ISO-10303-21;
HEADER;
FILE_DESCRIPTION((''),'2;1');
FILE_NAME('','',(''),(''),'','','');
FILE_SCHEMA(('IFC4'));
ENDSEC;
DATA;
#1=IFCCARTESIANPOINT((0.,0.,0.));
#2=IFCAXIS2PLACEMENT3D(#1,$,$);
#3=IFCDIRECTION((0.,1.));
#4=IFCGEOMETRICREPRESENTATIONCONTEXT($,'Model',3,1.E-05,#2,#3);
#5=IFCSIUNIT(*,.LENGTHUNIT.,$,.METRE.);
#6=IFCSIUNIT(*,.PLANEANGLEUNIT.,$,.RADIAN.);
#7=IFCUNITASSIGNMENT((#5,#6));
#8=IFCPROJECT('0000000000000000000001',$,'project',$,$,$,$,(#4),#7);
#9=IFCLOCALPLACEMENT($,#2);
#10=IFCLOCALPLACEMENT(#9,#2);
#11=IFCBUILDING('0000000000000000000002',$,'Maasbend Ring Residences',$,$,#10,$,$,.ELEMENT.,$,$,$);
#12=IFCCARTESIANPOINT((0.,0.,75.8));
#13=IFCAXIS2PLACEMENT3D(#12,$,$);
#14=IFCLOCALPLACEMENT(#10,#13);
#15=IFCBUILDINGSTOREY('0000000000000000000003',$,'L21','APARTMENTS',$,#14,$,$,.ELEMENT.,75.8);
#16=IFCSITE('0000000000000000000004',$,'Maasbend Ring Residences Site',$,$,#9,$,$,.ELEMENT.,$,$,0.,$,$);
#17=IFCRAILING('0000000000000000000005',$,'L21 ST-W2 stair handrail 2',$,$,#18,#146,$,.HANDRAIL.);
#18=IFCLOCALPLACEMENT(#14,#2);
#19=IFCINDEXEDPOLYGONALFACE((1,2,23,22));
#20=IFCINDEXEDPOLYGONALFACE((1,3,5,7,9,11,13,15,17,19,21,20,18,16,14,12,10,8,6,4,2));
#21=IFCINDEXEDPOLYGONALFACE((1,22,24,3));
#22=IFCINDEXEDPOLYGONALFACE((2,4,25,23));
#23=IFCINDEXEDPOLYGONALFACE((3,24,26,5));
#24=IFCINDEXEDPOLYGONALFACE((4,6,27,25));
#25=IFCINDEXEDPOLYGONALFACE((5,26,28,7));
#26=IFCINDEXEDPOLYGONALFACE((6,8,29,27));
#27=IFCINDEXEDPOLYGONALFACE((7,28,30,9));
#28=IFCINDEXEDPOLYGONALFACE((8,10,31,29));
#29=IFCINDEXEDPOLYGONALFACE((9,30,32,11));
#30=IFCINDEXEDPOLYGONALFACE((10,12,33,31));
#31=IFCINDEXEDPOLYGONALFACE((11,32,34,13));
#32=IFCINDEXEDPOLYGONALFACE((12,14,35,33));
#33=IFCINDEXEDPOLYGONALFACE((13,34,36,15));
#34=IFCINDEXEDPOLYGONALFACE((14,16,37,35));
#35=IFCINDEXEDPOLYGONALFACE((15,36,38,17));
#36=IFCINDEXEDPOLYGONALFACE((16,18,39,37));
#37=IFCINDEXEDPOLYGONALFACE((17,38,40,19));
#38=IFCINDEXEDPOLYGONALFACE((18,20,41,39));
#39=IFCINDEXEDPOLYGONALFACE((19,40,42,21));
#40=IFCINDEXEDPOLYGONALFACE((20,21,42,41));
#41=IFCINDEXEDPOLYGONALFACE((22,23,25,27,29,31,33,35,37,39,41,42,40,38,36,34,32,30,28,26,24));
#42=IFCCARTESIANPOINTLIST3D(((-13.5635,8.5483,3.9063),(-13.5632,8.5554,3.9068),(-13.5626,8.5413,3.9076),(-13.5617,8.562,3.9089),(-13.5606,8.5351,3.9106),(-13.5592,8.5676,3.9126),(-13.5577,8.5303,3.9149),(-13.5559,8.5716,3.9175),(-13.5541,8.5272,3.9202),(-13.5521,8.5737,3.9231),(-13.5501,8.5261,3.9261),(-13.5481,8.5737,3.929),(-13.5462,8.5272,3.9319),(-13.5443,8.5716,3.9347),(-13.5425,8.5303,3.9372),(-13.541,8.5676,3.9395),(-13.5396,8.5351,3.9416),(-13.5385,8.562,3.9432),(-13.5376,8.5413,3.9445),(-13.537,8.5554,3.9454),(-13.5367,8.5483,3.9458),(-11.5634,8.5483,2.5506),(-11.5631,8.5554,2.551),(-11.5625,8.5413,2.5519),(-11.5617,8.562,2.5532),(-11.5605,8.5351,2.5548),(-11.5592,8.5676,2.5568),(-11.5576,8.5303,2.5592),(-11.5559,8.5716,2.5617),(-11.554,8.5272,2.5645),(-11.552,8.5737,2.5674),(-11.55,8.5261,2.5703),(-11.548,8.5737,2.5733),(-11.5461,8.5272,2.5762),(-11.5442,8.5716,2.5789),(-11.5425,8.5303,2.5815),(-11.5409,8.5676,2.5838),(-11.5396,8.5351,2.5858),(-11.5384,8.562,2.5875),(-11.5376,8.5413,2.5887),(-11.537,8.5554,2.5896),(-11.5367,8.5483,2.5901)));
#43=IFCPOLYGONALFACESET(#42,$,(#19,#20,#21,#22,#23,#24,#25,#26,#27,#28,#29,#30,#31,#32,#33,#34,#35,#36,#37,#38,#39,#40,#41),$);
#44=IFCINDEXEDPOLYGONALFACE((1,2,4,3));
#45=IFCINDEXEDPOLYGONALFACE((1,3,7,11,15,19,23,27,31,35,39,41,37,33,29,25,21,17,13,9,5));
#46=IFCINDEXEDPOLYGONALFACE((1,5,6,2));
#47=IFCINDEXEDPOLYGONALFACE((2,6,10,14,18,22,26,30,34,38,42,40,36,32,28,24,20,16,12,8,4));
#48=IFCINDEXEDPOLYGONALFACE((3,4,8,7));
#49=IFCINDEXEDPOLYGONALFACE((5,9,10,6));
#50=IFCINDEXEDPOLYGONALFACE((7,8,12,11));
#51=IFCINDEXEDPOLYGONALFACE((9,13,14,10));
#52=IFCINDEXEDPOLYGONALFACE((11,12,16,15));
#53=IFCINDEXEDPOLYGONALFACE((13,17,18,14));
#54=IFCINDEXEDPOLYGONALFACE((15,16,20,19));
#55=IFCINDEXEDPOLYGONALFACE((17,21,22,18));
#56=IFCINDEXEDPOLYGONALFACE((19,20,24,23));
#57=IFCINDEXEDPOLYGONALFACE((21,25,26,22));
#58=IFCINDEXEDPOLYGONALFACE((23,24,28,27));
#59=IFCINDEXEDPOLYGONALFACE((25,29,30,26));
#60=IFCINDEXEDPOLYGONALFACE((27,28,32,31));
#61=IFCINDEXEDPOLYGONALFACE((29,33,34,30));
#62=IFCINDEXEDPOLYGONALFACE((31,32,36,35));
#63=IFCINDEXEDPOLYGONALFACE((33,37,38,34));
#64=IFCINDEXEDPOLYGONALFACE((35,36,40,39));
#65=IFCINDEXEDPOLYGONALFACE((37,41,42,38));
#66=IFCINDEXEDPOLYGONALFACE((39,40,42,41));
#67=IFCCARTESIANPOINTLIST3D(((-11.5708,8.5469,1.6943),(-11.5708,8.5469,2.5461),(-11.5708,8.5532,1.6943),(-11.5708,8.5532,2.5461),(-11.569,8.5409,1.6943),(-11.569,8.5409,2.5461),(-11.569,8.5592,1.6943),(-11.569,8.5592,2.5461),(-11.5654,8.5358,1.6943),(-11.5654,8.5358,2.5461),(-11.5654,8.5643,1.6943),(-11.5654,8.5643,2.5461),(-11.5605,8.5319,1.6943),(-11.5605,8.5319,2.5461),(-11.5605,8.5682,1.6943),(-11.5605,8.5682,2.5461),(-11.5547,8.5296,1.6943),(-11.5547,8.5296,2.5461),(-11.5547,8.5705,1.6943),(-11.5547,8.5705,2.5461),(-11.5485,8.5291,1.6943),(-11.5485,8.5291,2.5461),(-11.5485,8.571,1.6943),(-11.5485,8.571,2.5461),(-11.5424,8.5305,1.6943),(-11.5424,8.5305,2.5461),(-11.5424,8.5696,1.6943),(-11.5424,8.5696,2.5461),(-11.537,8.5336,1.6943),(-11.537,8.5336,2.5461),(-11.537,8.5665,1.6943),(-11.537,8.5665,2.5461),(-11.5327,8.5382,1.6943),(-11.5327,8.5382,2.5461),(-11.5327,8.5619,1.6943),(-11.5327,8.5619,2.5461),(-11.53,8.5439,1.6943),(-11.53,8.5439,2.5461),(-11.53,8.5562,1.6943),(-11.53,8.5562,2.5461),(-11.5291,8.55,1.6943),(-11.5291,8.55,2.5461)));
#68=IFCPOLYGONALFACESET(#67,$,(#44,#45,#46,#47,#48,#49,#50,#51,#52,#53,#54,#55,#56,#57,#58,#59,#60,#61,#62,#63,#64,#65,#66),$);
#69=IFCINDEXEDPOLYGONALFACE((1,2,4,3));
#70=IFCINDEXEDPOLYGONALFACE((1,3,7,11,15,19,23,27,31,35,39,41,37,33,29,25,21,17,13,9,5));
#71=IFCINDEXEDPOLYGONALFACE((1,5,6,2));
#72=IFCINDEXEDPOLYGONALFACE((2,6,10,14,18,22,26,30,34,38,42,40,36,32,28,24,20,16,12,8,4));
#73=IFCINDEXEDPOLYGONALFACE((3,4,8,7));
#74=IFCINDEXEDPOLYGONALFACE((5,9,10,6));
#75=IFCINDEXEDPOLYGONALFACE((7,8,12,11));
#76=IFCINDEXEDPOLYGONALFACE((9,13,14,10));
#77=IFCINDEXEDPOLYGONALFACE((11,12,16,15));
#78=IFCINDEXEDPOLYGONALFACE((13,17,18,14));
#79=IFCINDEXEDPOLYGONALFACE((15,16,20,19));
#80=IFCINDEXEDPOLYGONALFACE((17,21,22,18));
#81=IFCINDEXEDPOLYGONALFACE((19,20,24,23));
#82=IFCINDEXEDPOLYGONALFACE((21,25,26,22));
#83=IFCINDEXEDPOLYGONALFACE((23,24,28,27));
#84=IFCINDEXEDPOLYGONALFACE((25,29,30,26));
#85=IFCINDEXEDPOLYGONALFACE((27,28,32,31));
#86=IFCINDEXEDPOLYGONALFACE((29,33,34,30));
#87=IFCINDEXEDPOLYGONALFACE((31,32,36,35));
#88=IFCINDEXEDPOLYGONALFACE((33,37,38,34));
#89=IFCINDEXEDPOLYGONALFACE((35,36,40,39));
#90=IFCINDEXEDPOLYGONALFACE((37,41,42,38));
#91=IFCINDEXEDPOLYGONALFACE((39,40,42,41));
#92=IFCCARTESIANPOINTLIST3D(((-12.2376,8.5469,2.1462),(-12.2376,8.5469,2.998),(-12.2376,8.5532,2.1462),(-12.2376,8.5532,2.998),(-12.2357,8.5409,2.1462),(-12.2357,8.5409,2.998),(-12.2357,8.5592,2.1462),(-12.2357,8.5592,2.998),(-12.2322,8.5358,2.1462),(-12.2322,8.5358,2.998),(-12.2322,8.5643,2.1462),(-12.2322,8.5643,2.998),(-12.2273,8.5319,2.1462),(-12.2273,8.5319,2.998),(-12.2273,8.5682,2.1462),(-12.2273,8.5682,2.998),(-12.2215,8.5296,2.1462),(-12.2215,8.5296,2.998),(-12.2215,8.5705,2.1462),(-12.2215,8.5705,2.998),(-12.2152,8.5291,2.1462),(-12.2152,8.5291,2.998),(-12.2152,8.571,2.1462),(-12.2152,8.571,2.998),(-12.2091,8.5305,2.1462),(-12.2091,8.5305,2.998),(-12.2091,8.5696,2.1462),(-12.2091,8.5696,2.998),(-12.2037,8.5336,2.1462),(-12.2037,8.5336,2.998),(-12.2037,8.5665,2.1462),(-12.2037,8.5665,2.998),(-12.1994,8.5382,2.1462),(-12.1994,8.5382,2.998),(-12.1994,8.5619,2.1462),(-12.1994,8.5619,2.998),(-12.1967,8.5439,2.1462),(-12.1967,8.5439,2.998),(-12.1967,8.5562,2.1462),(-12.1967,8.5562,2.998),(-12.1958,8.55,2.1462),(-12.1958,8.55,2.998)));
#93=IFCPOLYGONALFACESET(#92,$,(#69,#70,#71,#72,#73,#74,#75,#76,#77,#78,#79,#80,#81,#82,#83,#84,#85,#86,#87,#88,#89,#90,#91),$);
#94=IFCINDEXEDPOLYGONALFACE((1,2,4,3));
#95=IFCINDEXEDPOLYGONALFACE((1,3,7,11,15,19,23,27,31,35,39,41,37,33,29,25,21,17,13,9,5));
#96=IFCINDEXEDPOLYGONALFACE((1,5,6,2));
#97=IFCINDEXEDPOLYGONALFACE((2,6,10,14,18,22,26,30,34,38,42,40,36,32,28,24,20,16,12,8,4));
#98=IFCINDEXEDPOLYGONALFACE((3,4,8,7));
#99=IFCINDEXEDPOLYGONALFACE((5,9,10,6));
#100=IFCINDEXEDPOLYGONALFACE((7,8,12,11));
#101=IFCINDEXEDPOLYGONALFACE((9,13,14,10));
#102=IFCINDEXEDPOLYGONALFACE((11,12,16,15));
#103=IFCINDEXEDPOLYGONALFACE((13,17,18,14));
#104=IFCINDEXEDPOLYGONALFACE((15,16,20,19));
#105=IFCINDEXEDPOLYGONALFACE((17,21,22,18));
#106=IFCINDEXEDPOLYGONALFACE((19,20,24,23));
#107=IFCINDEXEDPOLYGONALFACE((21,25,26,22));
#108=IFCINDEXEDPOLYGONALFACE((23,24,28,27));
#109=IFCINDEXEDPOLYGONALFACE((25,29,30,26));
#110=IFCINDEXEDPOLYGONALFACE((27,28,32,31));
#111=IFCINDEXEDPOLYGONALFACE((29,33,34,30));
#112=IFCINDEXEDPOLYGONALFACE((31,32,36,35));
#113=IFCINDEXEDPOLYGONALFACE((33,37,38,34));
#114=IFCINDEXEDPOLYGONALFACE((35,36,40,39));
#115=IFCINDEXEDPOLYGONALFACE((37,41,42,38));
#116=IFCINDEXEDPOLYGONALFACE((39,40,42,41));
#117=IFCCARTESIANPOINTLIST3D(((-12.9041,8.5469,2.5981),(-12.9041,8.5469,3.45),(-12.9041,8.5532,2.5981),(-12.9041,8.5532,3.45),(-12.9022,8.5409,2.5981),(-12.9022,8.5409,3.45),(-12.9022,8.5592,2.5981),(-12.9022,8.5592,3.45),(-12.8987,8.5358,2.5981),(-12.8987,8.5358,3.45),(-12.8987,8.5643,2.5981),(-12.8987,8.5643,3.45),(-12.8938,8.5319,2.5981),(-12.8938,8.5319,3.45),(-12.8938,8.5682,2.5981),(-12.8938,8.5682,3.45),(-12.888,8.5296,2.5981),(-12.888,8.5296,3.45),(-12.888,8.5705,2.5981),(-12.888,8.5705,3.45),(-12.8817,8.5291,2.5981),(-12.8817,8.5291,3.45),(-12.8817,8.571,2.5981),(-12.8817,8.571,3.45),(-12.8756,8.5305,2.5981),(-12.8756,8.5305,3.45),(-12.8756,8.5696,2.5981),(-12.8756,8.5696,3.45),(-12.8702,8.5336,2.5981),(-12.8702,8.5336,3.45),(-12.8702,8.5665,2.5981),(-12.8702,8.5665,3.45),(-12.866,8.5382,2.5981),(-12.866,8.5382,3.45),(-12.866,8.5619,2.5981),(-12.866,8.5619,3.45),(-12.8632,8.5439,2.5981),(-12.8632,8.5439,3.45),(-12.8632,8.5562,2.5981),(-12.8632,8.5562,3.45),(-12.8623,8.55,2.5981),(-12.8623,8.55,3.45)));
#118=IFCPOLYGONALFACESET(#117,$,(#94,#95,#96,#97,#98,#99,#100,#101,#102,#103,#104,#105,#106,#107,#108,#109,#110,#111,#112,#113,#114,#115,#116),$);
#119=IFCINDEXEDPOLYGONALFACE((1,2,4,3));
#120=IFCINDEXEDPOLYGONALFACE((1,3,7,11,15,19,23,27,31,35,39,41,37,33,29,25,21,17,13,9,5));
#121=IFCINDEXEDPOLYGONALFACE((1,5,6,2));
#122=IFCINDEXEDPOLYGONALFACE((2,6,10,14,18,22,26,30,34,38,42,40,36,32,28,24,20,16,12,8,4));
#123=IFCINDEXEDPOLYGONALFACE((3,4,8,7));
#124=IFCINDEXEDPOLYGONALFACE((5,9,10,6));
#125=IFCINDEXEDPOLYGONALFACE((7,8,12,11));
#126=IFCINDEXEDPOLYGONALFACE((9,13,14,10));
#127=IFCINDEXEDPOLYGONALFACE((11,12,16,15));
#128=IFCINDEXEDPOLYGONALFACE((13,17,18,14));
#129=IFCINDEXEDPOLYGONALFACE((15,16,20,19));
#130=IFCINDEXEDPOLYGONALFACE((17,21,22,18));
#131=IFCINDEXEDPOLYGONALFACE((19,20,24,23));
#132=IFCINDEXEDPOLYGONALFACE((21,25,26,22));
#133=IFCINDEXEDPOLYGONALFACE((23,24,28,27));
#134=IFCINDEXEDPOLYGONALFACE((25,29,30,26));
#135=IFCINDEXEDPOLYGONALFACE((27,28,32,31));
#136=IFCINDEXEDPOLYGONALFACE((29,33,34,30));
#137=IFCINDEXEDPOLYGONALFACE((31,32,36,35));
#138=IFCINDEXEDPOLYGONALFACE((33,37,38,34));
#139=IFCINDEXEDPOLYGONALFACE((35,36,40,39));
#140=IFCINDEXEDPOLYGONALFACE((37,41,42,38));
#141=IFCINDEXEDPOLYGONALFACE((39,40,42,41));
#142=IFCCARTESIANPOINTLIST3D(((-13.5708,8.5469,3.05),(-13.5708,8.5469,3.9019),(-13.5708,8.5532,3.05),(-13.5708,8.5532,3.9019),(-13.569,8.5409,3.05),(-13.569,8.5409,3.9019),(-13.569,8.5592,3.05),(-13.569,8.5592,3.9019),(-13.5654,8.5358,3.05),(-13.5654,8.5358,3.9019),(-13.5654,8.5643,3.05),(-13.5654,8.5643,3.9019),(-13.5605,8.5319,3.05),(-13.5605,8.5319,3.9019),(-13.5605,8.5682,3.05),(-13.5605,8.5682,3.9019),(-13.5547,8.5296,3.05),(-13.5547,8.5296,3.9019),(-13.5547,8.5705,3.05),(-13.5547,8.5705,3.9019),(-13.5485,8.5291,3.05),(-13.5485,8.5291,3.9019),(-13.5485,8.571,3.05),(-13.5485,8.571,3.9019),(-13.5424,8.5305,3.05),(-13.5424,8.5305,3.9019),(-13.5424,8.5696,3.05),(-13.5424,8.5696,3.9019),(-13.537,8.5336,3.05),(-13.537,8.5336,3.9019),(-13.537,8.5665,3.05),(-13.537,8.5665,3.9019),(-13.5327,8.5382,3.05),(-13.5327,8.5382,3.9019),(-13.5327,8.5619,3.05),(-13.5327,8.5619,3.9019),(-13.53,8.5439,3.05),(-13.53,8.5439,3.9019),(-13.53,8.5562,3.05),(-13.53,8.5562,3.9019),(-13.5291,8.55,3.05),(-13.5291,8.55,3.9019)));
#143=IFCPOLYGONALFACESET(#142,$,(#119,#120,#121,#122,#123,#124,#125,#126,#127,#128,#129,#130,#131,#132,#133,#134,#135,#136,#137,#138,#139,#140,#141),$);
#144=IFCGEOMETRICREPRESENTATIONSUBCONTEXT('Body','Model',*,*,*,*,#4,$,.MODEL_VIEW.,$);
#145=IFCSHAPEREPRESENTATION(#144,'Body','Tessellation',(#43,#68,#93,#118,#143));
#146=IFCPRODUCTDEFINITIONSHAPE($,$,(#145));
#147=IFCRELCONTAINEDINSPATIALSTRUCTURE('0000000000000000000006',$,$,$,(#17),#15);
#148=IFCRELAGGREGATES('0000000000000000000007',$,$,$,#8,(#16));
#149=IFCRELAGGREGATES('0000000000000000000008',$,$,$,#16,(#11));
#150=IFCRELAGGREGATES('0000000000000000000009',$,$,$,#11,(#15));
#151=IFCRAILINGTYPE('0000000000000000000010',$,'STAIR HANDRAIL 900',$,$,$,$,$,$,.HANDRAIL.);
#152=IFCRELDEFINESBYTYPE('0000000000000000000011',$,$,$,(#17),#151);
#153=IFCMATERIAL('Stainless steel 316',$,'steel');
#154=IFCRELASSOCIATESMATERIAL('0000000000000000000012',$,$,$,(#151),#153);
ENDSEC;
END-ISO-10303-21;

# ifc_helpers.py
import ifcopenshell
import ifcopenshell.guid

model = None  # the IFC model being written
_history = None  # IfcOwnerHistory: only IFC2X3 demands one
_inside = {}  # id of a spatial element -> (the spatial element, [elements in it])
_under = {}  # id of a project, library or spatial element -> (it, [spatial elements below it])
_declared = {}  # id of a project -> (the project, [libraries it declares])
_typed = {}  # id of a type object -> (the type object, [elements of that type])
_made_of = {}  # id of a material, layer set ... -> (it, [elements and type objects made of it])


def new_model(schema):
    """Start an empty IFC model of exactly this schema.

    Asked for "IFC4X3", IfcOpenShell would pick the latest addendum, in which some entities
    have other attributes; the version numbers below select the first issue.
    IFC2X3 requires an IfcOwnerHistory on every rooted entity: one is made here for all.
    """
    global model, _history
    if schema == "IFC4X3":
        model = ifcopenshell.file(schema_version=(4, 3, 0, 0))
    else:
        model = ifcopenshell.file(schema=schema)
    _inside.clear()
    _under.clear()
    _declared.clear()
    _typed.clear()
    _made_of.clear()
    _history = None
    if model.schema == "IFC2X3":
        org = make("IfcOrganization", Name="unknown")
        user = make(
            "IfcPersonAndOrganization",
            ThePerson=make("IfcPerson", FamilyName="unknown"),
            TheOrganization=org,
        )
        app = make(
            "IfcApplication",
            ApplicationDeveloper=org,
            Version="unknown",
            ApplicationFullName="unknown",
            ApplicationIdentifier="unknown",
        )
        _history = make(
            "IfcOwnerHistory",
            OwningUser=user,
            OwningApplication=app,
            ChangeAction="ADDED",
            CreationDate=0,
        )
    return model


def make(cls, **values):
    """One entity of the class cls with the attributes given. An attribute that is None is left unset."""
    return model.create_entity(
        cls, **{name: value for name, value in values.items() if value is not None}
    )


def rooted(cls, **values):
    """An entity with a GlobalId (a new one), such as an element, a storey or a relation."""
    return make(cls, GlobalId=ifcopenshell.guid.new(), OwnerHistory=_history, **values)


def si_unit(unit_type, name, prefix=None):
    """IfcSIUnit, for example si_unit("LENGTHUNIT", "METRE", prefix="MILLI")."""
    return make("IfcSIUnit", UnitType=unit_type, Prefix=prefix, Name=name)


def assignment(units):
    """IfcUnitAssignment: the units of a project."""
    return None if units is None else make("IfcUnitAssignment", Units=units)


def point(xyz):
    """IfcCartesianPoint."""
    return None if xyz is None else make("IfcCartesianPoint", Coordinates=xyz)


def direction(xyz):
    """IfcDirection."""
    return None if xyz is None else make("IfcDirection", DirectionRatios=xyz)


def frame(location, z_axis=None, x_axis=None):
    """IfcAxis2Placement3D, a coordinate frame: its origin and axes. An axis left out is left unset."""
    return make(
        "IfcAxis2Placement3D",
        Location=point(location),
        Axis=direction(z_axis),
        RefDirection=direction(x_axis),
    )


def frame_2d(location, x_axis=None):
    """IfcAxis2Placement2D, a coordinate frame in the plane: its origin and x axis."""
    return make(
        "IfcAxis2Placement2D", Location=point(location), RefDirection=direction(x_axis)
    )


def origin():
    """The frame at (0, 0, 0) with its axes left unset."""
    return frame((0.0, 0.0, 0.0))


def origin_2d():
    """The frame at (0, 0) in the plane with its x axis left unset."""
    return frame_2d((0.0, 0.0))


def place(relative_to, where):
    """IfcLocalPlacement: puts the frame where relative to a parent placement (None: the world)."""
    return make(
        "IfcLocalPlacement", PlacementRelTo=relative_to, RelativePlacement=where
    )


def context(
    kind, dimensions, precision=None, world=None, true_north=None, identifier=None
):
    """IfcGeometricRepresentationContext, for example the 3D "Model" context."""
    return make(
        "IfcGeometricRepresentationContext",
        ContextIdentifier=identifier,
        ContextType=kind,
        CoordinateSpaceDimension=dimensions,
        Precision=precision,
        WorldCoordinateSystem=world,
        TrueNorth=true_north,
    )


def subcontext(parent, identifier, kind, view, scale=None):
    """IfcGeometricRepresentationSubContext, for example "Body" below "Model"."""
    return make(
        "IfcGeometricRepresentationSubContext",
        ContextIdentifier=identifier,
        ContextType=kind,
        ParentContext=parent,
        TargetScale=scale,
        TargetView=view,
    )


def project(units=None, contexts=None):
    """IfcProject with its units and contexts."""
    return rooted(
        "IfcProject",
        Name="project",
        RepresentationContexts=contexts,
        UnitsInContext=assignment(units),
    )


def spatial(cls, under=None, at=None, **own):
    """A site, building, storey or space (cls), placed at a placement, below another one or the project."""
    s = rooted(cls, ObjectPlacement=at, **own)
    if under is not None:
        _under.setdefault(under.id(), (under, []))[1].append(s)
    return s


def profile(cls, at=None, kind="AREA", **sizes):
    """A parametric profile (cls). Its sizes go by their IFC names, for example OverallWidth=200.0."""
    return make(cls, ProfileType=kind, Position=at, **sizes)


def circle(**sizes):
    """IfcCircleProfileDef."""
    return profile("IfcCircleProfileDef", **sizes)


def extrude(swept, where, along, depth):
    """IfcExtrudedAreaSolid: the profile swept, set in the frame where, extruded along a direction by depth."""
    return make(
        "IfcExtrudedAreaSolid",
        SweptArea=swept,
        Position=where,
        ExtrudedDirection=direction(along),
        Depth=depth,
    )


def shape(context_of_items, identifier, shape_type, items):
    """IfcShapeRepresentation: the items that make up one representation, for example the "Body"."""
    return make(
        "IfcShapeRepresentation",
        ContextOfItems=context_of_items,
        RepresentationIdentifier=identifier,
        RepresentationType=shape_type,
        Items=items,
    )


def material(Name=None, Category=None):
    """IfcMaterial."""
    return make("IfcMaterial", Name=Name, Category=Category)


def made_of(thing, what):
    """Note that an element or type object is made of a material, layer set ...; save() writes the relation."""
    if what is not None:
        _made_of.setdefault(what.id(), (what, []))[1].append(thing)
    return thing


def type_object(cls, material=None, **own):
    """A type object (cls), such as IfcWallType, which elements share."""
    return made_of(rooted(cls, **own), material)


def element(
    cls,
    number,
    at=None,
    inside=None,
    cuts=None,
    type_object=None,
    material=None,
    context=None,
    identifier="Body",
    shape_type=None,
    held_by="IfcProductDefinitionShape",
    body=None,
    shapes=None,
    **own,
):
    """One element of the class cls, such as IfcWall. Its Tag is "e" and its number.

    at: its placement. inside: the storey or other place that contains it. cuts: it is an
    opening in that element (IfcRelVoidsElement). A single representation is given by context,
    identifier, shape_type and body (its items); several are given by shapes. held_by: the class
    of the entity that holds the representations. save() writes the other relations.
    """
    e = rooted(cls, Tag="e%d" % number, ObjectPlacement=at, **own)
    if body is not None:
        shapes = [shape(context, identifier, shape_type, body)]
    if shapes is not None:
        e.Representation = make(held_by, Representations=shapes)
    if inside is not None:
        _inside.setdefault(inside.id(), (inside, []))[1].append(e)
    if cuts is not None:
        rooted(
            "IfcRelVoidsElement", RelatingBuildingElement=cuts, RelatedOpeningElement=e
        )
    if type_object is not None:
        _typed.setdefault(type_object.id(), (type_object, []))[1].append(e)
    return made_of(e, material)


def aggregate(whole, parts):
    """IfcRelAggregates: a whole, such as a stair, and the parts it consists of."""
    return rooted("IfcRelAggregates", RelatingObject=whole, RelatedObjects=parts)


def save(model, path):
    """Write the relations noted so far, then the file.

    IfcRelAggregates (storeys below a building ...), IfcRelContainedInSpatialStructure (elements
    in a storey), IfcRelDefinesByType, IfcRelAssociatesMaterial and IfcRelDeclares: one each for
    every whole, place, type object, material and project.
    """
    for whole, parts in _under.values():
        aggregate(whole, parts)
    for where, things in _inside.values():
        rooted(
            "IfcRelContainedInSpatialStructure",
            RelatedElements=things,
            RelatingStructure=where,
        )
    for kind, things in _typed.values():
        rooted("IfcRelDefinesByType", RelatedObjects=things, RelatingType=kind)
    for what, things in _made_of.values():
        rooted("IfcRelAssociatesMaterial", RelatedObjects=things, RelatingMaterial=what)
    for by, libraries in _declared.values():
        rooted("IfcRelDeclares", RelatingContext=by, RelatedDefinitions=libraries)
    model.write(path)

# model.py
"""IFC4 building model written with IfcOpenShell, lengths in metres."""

from ifc_helpers import new_model, si_unit, direction, frame, origin, origin_2d, place, context, subcontext, project, spatial, circle, extrude, material, type_object, element, save


model = new_model("IFC4")

# Units and contexts
model_context = context("Model", 3, precision=1e-05, world=origin(), true_north=direction((0.0, 1.0)))
body_context = subcontext(model_context, "Body", "Model", "MODEL_VIEW")
ifc_project = project(units=[si_unit("LENGTHUNIT", "METRE"), si_unit("PLANEANGLEUNIT", "RADIAN")], contexts=[model_context])

# Site, building, storey
site_placement = place(None, origin())
site = spatial("IfcSite", under=ifc_project, at=site_placement, Name="Maasbend Ring Residences Site", CompositionType="ELEMENT", RefElevation=0.0)
building_placement = place(site_placement, origin())
building = spatial("IfcBuilding", under=site, at=building_placement, Name="Maasbend Ring Residences", CompositionType="ELEMENT")
storey_placement = place(building_placement, frame((0.0, 0.0, 75.8)))
storey = spatial("IfcBuildingStorey", under=building, at=storey_placement, Name="L21", Description="APARTMENTS", CompositionType="ELEMENT", Elevation=75.8)

# Railing
ifc_material_1 = material(Name="Stainless steel 316", Category="steel")
railing_type_1 = type_object("IfcRailingType", Name="STAIR HANDRAIL 900", PredefinedType="HANDRAIL", material=ifc_material_1)
railing_1_placement = place(storey_placement, frame((-11.55, 8.55, 1.6943)))
element("IfcRailing", 1, at=railing_1_placement, inside=storey, type_object=railing_type_1, Name="L21 ST-W2 stair handrail 2", PredefinedType="HANDRAIL", context=body_context, shape_type="SweptSolid", body=[
    extrude(circle(Radius=0.0239, at=origin_2d()), frame((0.0, 0.0, 0.876), z_axis=(-0.827751, 0.0, 0.561096), x_axis=(0.0, -1.0, 0.0)), (0.0, 0.0, 1.0), 2.4163),
    extrude(circle(Radius=0.021, at=origin_2d()), origin(), (0.0, 0.0, 1.0), 0.8518),
    extrude(circle(Radius=0.021, at=origin_2d()), frame((-0.6667, 0.0, 0.4519)), (0.0, 0.0, 1.0), 0.8518),
    extrude(circle(Radius=0.021, at=origin_2d()), frame((-1.3333, 0.0, 0.9038)), (0.0, 0.0, 1.0), 0.8518),
    extrude(circle(Radius=0.021, at=origin_2d()), frame((-2.0, 0.0, 1.3557)), (0.0, 0.0, 1.0), 0.8518),
])

save(model, "model.ifc")
